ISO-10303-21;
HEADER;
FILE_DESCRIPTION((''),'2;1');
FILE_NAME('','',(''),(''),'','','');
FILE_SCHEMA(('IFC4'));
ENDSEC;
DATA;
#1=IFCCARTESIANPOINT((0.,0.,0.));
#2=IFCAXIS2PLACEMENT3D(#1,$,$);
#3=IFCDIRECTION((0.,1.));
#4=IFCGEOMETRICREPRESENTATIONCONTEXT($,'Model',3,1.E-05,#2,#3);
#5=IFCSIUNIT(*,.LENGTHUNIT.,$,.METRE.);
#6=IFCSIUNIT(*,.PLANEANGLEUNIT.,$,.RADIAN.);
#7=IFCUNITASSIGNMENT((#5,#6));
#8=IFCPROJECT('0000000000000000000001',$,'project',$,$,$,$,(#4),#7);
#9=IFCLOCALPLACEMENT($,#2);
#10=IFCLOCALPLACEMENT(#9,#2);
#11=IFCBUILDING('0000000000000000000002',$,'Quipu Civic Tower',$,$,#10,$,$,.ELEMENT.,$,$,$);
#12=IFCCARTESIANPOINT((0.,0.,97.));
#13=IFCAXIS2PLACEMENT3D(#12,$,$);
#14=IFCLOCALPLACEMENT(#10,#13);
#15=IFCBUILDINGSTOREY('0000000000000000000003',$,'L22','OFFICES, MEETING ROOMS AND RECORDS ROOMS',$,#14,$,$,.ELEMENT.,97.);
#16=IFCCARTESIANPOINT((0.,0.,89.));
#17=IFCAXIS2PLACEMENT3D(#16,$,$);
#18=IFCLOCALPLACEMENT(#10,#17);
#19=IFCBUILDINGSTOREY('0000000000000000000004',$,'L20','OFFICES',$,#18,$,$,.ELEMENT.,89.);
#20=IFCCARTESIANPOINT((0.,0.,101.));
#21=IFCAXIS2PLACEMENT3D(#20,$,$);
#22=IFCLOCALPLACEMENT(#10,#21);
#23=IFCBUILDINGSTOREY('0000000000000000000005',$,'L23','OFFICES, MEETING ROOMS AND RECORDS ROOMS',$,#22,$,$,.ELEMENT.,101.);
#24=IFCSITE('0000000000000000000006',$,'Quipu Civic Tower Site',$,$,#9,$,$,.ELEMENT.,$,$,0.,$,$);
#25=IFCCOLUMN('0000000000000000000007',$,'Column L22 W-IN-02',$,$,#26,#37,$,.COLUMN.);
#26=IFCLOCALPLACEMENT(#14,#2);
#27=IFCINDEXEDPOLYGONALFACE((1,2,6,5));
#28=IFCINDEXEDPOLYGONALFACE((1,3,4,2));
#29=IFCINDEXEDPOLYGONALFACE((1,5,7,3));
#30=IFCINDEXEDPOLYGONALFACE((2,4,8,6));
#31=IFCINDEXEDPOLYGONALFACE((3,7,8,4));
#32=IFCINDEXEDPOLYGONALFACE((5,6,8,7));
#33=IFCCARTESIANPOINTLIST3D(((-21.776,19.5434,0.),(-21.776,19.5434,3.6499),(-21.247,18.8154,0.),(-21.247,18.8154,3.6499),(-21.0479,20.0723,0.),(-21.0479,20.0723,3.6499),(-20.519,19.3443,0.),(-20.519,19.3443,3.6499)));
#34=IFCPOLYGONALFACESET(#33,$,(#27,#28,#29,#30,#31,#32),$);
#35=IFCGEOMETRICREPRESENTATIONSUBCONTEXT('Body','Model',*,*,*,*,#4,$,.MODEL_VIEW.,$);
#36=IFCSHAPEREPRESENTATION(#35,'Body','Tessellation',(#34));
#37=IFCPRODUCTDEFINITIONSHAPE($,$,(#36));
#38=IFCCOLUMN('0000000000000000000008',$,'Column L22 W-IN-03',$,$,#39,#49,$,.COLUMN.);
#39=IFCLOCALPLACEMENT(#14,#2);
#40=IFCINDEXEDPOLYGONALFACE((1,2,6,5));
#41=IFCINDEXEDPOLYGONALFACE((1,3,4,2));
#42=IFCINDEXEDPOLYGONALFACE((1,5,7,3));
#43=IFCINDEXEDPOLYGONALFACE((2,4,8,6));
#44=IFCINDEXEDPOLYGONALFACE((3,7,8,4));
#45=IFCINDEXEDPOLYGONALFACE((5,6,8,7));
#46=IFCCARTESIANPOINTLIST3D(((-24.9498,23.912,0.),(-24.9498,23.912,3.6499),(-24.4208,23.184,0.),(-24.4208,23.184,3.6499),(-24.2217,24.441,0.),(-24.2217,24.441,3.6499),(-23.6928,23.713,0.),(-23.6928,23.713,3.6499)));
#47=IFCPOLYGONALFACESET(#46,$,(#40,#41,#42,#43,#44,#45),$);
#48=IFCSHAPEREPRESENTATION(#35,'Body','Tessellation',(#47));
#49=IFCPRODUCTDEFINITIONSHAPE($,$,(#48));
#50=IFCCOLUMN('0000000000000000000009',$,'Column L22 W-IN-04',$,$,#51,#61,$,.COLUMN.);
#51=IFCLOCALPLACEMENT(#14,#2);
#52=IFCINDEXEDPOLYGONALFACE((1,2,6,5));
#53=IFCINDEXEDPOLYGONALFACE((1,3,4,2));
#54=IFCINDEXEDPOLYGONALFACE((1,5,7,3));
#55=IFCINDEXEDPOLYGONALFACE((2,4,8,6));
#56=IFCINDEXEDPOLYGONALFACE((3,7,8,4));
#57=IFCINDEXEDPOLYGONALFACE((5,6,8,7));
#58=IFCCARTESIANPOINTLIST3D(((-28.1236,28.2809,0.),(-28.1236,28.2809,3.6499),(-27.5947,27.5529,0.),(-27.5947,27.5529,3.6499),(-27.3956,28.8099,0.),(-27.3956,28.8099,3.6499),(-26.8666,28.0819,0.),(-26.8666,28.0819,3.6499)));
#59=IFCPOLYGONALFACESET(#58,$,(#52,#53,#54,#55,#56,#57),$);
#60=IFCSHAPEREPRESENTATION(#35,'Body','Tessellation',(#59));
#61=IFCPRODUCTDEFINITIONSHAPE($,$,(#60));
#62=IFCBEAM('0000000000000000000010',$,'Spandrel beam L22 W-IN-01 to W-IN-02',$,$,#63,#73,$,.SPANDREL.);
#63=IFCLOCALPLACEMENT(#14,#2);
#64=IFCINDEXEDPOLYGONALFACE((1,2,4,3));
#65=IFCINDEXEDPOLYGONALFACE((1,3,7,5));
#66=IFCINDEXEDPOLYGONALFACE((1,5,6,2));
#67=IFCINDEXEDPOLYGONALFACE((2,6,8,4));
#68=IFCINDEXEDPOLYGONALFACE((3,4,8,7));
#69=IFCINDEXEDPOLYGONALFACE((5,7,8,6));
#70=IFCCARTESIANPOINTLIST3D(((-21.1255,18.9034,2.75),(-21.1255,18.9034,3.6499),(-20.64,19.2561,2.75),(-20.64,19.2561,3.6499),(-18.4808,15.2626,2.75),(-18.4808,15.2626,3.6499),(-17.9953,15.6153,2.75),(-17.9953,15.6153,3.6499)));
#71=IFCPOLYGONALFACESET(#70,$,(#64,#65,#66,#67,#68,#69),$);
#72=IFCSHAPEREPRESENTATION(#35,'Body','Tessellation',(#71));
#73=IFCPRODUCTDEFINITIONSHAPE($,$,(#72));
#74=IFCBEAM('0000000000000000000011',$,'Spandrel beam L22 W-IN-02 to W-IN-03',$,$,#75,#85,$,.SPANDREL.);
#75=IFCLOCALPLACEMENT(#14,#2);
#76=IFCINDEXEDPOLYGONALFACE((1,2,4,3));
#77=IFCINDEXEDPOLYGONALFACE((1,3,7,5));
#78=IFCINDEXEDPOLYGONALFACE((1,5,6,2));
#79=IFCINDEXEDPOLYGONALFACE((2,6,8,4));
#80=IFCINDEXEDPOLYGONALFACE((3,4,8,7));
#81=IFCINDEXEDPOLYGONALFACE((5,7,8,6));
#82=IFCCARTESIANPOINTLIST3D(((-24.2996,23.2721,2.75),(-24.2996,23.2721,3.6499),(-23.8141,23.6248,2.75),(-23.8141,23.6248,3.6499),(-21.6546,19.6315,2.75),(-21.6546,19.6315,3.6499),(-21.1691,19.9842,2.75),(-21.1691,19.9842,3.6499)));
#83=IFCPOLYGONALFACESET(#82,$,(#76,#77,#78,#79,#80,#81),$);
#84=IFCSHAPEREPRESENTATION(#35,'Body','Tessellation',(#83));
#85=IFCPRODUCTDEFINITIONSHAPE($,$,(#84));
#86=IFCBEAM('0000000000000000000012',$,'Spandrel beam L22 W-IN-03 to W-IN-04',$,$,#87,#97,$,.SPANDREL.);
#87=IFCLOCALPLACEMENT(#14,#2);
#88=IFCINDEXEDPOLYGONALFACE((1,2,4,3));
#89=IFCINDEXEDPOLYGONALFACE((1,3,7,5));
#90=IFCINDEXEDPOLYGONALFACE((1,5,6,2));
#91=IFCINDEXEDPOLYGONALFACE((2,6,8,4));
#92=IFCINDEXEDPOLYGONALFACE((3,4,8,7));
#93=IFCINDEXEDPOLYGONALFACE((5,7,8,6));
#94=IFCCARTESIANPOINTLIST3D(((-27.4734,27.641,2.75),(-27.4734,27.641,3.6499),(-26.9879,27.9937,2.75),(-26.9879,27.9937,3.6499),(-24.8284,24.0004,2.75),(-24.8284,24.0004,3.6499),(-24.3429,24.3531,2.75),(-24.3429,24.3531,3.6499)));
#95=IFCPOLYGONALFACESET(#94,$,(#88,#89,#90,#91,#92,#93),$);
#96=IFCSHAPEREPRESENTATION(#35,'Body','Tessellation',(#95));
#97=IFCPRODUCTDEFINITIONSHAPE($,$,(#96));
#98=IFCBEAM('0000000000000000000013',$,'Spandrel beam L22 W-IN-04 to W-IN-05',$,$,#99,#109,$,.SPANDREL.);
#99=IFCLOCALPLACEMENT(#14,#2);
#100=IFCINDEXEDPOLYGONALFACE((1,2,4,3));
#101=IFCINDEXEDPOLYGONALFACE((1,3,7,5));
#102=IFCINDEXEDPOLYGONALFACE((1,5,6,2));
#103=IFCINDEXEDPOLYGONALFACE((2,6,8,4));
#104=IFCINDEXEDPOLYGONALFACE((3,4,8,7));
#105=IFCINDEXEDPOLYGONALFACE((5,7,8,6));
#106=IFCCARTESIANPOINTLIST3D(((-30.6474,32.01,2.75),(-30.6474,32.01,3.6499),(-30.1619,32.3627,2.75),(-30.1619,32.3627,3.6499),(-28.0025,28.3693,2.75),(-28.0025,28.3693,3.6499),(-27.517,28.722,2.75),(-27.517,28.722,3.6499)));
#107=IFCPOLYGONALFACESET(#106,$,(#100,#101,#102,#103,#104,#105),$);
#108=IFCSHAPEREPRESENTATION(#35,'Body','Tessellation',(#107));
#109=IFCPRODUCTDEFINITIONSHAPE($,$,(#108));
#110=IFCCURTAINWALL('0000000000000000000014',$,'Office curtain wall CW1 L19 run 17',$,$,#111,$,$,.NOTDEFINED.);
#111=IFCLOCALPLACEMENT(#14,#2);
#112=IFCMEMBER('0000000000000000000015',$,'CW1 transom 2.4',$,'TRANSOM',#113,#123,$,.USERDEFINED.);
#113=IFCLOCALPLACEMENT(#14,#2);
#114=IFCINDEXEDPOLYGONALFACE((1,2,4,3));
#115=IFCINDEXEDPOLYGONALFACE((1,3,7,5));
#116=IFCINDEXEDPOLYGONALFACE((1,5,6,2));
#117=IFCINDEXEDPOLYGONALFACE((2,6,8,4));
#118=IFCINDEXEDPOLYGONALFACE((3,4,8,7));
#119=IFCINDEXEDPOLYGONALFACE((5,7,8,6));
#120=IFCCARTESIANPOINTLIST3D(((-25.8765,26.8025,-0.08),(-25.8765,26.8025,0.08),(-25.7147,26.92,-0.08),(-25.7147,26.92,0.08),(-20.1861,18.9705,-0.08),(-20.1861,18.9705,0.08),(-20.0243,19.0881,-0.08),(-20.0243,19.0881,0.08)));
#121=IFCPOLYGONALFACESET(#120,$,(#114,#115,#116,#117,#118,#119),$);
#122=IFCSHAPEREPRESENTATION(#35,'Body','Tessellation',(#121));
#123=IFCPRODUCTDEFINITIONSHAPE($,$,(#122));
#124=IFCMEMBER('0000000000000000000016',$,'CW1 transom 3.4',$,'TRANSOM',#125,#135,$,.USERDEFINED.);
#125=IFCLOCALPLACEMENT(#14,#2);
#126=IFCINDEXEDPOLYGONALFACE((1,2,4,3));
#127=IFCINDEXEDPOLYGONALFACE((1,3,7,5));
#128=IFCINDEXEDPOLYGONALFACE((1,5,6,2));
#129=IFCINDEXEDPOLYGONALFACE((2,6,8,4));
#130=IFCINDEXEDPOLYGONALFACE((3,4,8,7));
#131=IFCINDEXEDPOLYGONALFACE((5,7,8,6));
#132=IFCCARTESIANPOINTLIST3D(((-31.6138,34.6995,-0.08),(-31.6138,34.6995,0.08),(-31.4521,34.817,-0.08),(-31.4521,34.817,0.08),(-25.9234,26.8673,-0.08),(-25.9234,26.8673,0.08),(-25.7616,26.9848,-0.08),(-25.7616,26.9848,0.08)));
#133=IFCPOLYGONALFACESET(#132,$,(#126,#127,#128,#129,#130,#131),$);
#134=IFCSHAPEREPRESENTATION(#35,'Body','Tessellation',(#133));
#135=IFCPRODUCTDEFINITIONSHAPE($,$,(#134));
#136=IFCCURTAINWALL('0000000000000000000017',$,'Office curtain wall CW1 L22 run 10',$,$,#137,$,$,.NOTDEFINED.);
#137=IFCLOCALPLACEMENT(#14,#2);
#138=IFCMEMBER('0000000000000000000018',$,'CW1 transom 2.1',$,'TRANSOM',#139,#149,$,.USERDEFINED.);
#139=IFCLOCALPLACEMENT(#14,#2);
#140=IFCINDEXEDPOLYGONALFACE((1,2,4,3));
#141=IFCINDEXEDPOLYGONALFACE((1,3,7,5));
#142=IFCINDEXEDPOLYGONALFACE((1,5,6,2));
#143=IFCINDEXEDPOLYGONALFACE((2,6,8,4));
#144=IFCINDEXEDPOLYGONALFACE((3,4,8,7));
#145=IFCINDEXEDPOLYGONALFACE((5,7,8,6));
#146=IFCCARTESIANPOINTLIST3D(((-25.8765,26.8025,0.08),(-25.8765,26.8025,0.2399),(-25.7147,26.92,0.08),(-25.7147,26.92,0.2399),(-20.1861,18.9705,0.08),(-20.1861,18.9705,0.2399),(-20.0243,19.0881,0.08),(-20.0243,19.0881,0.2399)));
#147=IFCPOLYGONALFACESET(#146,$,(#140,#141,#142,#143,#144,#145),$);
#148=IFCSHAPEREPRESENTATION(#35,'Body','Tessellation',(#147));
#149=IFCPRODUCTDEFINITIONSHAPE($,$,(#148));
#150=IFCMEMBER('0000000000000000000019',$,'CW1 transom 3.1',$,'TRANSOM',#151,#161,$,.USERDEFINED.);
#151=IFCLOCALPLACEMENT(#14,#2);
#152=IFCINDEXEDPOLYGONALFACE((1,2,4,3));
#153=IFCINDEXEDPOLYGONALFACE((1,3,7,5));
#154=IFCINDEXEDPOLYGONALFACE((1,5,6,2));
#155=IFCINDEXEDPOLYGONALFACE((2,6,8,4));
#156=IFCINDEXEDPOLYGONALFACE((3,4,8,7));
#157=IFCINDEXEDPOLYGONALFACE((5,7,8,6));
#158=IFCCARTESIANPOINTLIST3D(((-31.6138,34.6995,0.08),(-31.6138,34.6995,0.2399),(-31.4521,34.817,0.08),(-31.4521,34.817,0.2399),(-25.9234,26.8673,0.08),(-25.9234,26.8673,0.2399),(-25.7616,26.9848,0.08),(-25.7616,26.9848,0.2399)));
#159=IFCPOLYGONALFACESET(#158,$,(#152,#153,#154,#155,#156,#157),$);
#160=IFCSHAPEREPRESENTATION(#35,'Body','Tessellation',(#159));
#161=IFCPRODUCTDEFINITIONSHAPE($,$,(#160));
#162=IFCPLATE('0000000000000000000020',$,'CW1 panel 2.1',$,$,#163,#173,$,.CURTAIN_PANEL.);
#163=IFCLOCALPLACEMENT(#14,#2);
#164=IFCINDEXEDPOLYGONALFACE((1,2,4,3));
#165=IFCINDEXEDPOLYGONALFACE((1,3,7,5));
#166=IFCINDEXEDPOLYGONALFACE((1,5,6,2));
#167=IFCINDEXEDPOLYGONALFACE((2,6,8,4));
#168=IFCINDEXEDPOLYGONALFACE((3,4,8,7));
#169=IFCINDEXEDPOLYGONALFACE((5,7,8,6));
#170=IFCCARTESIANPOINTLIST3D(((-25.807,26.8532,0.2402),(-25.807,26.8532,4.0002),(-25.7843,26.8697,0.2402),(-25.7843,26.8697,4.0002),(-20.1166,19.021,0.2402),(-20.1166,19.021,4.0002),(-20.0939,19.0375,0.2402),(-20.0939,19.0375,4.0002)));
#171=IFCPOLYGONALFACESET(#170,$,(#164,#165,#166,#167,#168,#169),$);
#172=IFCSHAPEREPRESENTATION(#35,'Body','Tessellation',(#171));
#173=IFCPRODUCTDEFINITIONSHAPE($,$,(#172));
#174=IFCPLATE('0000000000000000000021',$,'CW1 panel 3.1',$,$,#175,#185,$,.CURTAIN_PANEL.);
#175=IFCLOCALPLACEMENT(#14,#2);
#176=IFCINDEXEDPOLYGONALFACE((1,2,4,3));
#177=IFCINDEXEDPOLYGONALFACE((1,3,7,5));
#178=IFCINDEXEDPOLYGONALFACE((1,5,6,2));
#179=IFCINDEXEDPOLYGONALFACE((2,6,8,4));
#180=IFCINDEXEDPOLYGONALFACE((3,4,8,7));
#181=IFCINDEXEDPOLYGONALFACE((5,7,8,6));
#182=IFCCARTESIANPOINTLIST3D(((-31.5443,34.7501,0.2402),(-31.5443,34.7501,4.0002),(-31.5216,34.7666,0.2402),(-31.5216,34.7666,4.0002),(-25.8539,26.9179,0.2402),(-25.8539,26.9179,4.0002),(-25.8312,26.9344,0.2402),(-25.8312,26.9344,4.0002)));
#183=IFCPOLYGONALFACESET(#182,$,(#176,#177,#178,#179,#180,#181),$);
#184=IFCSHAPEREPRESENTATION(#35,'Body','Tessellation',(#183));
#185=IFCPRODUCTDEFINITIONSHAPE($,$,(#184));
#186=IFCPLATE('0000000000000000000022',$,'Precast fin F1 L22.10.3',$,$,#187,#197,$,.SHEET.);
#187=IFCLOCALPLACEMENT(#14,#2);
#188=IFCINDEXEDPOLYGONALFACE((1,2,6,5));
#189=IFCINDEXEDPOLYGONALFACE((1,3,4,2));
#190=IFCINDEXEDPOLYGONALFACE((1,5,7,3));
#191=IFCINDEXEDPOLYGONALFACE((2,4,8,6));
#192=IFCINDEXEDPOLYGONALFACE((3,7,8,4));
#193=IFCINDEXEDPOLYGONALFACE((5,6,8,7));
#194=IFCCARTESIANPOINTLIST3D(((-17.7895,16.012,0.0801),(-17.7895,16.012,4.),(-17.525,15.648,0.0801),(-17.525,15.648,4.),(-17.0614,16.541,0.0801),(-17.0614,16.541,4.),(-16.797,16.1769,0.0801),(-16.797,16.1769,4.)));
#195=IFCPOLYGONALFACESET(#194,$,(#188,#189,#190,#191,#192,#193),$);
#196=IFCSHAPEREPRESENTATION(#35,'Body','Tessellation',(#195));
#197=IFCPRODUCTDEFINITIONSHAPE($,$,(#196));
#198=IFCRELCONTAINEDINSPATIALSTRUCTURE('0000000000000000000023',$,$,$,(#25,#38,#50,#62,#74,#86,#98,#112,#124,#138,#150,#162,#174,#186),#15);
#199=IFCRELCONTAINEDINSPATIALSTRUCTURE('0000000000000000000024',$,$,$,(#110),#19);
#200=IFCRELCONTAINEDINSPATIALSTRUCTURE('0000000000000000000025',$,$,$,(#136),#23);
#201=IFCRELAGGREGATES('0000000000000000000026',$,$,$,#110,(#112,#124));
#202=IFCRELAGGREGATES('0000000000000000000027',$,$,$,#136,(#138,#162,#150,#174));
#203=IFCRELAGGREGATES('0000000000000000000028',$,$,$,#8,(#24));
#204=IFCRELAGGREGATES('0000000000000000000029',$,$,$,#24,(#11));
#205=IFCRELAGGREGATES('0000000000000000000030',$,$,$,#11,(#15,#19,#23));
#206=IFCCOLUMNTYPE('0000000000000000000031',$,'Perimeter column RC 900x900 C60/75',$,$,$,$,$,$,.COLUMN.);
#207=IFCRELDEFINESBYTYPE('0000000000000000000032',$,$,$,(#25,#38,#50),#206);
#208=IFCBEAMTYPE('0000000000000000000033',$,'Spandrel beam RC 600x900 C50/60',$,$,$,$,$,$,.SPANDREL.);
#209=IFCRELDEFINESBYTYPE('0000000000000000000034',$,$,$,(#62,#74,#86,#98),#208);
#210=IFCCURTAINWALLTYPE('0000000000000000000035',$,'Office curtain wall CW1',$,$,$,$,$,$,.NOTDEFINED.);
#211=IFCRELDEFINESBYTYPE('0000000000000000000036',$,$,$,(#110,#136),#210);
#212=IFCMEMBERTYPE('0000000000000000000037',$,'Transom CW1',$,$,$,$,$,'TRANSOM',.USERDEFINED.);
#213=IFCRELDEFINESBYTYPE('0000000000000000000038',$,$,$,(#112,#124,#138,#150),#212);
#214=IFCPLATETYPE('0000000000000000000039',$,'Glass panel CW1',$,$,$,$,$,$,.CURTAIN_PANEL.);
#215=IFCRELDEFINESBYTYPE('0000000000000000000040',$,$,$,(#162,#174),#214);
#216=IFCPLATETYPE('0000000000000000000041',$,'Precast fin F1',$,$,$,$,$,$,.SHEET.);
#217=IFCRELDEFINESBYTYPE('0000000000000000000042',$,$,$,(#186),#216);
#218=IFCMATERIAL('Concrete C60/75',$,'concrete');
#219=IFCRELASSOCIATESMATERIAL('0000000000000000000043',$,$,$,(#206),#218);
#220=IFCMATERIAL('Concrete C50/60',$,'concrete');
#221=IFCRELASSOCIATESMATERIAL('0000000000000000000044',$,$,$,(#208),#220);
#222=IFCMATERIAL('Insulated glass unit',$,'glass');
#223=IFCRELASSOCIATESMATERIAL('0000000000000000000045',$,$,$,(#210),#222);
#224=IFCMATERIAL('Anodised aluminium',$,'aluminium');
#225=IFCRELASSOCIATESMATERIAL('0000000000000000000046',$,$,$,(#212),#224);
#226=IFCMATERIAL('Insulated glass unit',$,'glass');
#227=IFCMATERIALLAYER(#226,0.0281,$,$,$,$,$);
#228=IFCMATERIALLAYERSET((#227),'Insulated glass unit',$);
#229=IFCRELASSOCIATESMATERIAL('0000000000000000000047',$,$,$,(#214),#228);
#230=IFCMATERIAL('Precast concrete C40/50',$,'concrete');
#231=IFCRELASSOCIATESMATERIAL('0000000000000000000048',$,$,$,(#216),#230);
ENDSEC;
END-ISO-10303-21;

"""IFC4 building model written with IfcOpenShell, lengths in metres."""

from ifc_helpers import new_model, si_unit, direction, frame, origin, origin_2d, place, context, subcontext, project, spatial, rectangle, extrude, material, layer, layer_set, material_profile, profile_set, type_object, element, aggregate, save


model = new_model("IFC4")

# Units and contexts
model_context = context("Model", 3, precision=1e-05, world=origin(), true_north=direction((0.0, 1.0)))
body_context = subcontext(model_context, "Body", "Model", "MODEL_VIEW")
ifc_project = project(units=[si_unit("LENGTHUNIT", "METRE"), si_unit("PLANEANGLEUNIT", "RADIAN")], contexts=[model_context])

# Site, building, storey
site_placement = place(None, origin())
site = spatial("IfcSite", under=ifc_project, at=site_placement, Name="Quipu Civic Tower Site", CompositionType="ELEMENT", RefElevation=0.0)
building_placement = place(site_placement, origin())
building = spatial("IfcBuilding", under=site, at=building_placement, Name="Quipu Civic Tower", CompositionType="ELEMENT")
storey_1_placement = place(building_placement, frame((0.0, 0.0, 97.0)))
storey_1 = spatial("IfcBuildingStorey", under=building, at=storey_1_placement, Name="L22", Description="OFFICES, MEETING ROOMS AND RECORDS ROOMS", CompositionType="ELEMENT", Elevation=97.0)

# Columns
ifc_material_1 = material(Name="Concrete C60/75", Category="concrete")
ifc_material_profile_1 = material_profile(ifc_material_1, rectangle(XDim=0.8999, YDim=0.8999, at=origin_2d()), Name="RC900x900")
ifc_profile_set_1 = profile_set([ifc_material_profile_1], Name="Concrete C60/75")
column_type = type_object("IfcColumnType", Name="Perimeter column RC 900x900 C60/75", PredefinedType="COLUMN", material=ifc_profile_set_1)
for number, where, z_axis, x_axis, name in (
    (1, (-21.1475, 19.4438, 0.0), (0.0, 0.0, 1.0), (-0.587785, 0.809017, 0.0), "Column L22 W-IN-02"),
    (2, (-24.3213, 23.8125, 0.0), (0.0, 0.0, 1.0), (-0.587785, 0.809017, 0.0), "Column L22 W-IN-03"),
    (3, (-27.4951, 28.1814, 0.0), (0.0, 0.0, 1.0), (-0.587785, 0.809017, 0.0), "Column L22 W-IN-04"),
):
    element("IfcColumn", number, at=place(storey_1_placement, frame(where, z_axis=z_axis, x_axis=x_axis)), inside=storey_1, type_object=column_type, Name=name, PredefinedType="COLUMN", context=body_context, shape_type="SweptSolid", body=[
        extrude(rectangle(XDim=0.8999, YDim=0.8999, at=origin_2d()), origin(), (0.0, 0.0, 1.0), 3.6499),
    ])

# Beams
ifc_material_2 = material(Name="Concrete C50/60", Category="concrete")
ifc_material_profile_2 = material_profile(ifc_material_2, rectangle(XDim=0.6001, YDim=0.8999, at=origin_2d()), Name="RC600x900")
ifc_profile_set_2 = profile_set([ifc_material_profile_2], Name="Concrete C50/60")
beam_type = type_object("IfcBeamType", Name="Spandrel beam RC 600x900 C50/60", PredefinedType="SPANDREL", material=ifc_profile_set_2)
for number, where, z_axis, x_axis, name in (
    (4, (-18.238, 15.439, 3.2), (-0.587717, 0.809067, 0.0), (-0.809067, -0.587717, 0.0), "Spandrel beam L22 W-IN-01 to W-IN-02"),
    (5, (-21.4119, 19.8079, 3.2), (-0.587778, 0.809022, 0.0), (-0.809022, -0.587778, 0.0), "Spandrel beam L22 W-IN-02 to W-IN-03"),
    (6, (-24.5857, 24.1768, 3.2), (-0.587778, 0.809022, 0.0), (-0.809022, -0.587778, 0.0), "Spandrel beam L22 W-IN-03 to W-IN-04"),
    (7, (-27.7598, 28.5457, 3.2), (-0.587743, 0.809048, 0.0), (-0.809048, -0.587743, 0.0), "Spandrel beam L22 W-IN-04 to W-IN-05"),
):
    element("IfcBeam", number, at=place(storey_1_placement, frame(where, z_axis=z_axis, x_axis=x_axis)), inside=storey_1, type_object=beam_type, Name=name, PredefinedType="SPANDREL", context=body_context, shape_type="SweptSolid", body=[
        extrude(rectangle(XDim=0.6001, YDim=0.8999, at=origin_2d()), origin(), (0.0, 0.0, 1.0), 4.5),
    ])

# Shared definitions
storey_2_placement = place(building_placement, frame((0.0, 0.0, 89.0)))
storey_2 = spatial("IfcBuildingStorey", under=building, at=storey_2_placement, Name="L20", Description="OFFICES", CompositionType="ELEMENT", Elevation=89.0)

# Curtain wall, members
ifc_material_3 = material(Name="Insulated glass unit", Category="glass")
curtain_wall_type = type_object("IfcCurtainWallType", Name="Office curtain wall CW1", PredefinedType="NOTDEFINED", material=ifc_material_3)
curtain_wall_1_placement = place(storey_2_placement, origin())
curtain_wall_1 = element("IfcCurtainWall", 8, at=curtain_wall_1_placement, inside=storey_2, type_object=curtain_wall_type, Name="Office curtain wall CW1 L19 run 17", PredefinedType="NOTDEFINED")
ifc_material_4 = material(Name="Anodised aluminium", Category="aluminium")
ifc_material_profile_3 = material_profile(ifc_material_4, rectangle(XDim=0.2, YDim=0.1599, at=origin_2d()), Name="RECT 200x160")
ifc_profile_set_3 = profile_set([ifc_material_profile_3], Name="Anodised aluminium")
member_type = type_object("IfcMemberType", Name="Transom CW1", ElementType="TRANSOM", PredefinedType="USERDEFINED", material=ifc_profile_set_3)
member_1_placement = place(storey_1_placement, frame((-20.1052, 19.0293, 0.0), z_axis=(-0.587794, 0.809011, 0.0), x_axis=(-0.809011, -0.587794, 0.0)))
member_1 = element("IfcMember", 9, at=member_1_placement, inside=storey_1, type_object=member_type, Name="CW1 transom 2.4", ObjectType="TRANSOM", PredefinedType="USERDEFINED", context=body_context, shape_type="SweptSolid", body=[
    extrude(rectangle(XDim=0.2, YDim=0.1599, at=origin_2d()), origin(), (0.0, 0.0, 1.0), 9.6809),
])
member_2_placement = place(storey_1_placement, frame((-25.8425, 26.926, 0.0), z_axis=(-0.587782, 0.80902, 0.0), x_axis=(-0.80902, -0.587782, 0.0)))
member_2 = element("IfcMember", 10, at=member_2_placement, inside=storey_1, type_object=member_type, Name="CW1 transom 3.4", ObjectType="TRANSOM", PredefinedType="USERDEFINED", context=body_context, shape_type="SweptSolid", body=[
    extrude(rectangle(XDim=0.2, YDim=0.1599, at=origin_2d()), origin(), (0.0, 0.0, 1.0), 9.6812),
])
aggregate(curtain_wall_1, [member_1, member_2])

# Shared definitions
storey_3_placement = place(building_placement, frame((0.0, 0.0, 101.0)))
storey_3 = spatial("IfcBuildingStorey", under=building, at=storey_3_placement, Name="L23", Description="OFFICES, MEETING ROOMS AND RECORDS ROOMS", CompositionType="ELEMENT", Elevation=101.0)

# Curtain wall, members, plates
curtain_wall_2_placement = place(storey_3_placement, origin())
curtain_wall_2 = element("IfcCurtainWall", 11, at=curtain_wall_2_placement, inside=storey_3, type_object=curtain_wall_type, Name="Office curtain wall CW1 L22 run 10", PredefinedType="NOTDEFINED")
member_3_placement = place(storey_1_placement, frame((-20.1052, 19.0293, 0.1599), z_axis=(-0.587794, 0.809011, 0.0), x_axis=(-0.809011, -0.587794, 0.0)))
member_3 = element("IfcMember", 12, at=member_3_placement, inside=storey_1, type_object=member_type, Name="CW1 transom 2.1", ObjectType="TRANSOM", PredefinedType="USERDEFINED", context=body_context, shape_type="SweptSolid", body=[
    extrude(rectangle(XDim=0.2, YDim=0.1599, at=origin_2d()), origin(), (0.0, 0.0, 1.0), 9.6809),
])
member_4_placement = place(storey_1_placement, frame((-25.8425, 26.926, 0.1599), z_axis=(-0.587782, 0.80902, 0.0), x_axis=(-0.80902, -0.587782, 0.0)))
member_4 = element("IfcMember", 13, at=member_4_placement, inside=storey_1, type_object=member_type, Name="CW1 transom 3.1", ObjectType="TRANSOM", PredefinedType="USERDEFINED", context=body_context, shape_type="SweptSolid", body=[
    extrude(rectangle(XDim=0.2, YDim=0.1599, at=origin_2d()), origin(), (0.0, 0.0, 1.0), 9.6812),
])
ifc_material_5 = material(Name="Insulated glass unit", Category="glass")
ifc_layer_1 = layer(ifc_material_5, 0.0281)
ifc_layer_set_1 = layer_set([ifc_layer_1], Name="Insulated glass unit")
plate_type_1 = type_object("IfcPlateType", Name="Glass panel CW1", PredefinedType="CURTAIN_PANEL", material=ifc_layer_set_1)
plate_1_placement = place(storey_1_placement, frame((-22.9504, 22.9453, 0.2402), z_axis=(0.0, 0.0, 1.0), x_axis=(-0.587786, 0.809017, 0.0)))
plate_1 = element("IfcPlate", 14, at=plate_1_placement, inside=storey_1, type_object=plate_type_1, Name="CW1 panel 2.1", PredefinedType="CURTAIN_PANEL", context=body_context, shape_type="SweptSolid", body=[
    extrude(rectangle(XDim=9.6812, YDim=0.0281, at=origin_2d()), origin(), (0.0, 0.0, 1.0), 3.76),
])
plate_2_placement = place(storey_1_placement, frame((-28.6877, 30.8423, 0.2402), z_axis=(0.0, 0.0, 1.0), x_axis=(-0.587786, 0.809017, 0.0)))
plate_2 = element("IfcPlate", 15, at=plate_2_placement, inside=storey_1, type_object=plate_type_1, Name="CW1 panel 3.1", PredefinedType="CURTAIN_PANEL", context=body_context, shape_type="SweptSolid", body=[
    extrude(rectangle(XDim=9.6812, YDim=0.0281, at=origin_2d()), origin(), (0.0, 0.0, 1.0), 3.76),
])
aggregate(curtain_wall_2, [member_3, plate_1, member_4, plate_2])

# Plate
ifc_material_6 = material(Name="Precast concrete C40/50", Category="concrete")
plate_type_2 = type_object("IfcPlateType", Name="Precast fin F1", PredefinedType="SHEET", material=ifc_material_6)
for number, where, z_axis, x_axis, name in (
    (16, (-17.2932, 16.0945, 0.0801), (0.0, 0.0, 1.0), (-0.587785, 0.809017, 0.0), "Precast fin F1 L22.10.3"),
):
    element("IfcPlate", number, at=place(storey_1_placement, frame(where, z_axis=z_axis, x_axis=x_axis)), inside=storey_1, type_object=plate_type_2, Name=name, PredefinedType="SHEET", context=body_context, shape_type="SweptSolid", body=[
        extrude(rectangle(XDim=0.45, YDim=0.8999, at=origin_2d()), origin(), (0.0, 0.0, 1.0), 3.9199),
    ])

save(model, "model.ifc")
